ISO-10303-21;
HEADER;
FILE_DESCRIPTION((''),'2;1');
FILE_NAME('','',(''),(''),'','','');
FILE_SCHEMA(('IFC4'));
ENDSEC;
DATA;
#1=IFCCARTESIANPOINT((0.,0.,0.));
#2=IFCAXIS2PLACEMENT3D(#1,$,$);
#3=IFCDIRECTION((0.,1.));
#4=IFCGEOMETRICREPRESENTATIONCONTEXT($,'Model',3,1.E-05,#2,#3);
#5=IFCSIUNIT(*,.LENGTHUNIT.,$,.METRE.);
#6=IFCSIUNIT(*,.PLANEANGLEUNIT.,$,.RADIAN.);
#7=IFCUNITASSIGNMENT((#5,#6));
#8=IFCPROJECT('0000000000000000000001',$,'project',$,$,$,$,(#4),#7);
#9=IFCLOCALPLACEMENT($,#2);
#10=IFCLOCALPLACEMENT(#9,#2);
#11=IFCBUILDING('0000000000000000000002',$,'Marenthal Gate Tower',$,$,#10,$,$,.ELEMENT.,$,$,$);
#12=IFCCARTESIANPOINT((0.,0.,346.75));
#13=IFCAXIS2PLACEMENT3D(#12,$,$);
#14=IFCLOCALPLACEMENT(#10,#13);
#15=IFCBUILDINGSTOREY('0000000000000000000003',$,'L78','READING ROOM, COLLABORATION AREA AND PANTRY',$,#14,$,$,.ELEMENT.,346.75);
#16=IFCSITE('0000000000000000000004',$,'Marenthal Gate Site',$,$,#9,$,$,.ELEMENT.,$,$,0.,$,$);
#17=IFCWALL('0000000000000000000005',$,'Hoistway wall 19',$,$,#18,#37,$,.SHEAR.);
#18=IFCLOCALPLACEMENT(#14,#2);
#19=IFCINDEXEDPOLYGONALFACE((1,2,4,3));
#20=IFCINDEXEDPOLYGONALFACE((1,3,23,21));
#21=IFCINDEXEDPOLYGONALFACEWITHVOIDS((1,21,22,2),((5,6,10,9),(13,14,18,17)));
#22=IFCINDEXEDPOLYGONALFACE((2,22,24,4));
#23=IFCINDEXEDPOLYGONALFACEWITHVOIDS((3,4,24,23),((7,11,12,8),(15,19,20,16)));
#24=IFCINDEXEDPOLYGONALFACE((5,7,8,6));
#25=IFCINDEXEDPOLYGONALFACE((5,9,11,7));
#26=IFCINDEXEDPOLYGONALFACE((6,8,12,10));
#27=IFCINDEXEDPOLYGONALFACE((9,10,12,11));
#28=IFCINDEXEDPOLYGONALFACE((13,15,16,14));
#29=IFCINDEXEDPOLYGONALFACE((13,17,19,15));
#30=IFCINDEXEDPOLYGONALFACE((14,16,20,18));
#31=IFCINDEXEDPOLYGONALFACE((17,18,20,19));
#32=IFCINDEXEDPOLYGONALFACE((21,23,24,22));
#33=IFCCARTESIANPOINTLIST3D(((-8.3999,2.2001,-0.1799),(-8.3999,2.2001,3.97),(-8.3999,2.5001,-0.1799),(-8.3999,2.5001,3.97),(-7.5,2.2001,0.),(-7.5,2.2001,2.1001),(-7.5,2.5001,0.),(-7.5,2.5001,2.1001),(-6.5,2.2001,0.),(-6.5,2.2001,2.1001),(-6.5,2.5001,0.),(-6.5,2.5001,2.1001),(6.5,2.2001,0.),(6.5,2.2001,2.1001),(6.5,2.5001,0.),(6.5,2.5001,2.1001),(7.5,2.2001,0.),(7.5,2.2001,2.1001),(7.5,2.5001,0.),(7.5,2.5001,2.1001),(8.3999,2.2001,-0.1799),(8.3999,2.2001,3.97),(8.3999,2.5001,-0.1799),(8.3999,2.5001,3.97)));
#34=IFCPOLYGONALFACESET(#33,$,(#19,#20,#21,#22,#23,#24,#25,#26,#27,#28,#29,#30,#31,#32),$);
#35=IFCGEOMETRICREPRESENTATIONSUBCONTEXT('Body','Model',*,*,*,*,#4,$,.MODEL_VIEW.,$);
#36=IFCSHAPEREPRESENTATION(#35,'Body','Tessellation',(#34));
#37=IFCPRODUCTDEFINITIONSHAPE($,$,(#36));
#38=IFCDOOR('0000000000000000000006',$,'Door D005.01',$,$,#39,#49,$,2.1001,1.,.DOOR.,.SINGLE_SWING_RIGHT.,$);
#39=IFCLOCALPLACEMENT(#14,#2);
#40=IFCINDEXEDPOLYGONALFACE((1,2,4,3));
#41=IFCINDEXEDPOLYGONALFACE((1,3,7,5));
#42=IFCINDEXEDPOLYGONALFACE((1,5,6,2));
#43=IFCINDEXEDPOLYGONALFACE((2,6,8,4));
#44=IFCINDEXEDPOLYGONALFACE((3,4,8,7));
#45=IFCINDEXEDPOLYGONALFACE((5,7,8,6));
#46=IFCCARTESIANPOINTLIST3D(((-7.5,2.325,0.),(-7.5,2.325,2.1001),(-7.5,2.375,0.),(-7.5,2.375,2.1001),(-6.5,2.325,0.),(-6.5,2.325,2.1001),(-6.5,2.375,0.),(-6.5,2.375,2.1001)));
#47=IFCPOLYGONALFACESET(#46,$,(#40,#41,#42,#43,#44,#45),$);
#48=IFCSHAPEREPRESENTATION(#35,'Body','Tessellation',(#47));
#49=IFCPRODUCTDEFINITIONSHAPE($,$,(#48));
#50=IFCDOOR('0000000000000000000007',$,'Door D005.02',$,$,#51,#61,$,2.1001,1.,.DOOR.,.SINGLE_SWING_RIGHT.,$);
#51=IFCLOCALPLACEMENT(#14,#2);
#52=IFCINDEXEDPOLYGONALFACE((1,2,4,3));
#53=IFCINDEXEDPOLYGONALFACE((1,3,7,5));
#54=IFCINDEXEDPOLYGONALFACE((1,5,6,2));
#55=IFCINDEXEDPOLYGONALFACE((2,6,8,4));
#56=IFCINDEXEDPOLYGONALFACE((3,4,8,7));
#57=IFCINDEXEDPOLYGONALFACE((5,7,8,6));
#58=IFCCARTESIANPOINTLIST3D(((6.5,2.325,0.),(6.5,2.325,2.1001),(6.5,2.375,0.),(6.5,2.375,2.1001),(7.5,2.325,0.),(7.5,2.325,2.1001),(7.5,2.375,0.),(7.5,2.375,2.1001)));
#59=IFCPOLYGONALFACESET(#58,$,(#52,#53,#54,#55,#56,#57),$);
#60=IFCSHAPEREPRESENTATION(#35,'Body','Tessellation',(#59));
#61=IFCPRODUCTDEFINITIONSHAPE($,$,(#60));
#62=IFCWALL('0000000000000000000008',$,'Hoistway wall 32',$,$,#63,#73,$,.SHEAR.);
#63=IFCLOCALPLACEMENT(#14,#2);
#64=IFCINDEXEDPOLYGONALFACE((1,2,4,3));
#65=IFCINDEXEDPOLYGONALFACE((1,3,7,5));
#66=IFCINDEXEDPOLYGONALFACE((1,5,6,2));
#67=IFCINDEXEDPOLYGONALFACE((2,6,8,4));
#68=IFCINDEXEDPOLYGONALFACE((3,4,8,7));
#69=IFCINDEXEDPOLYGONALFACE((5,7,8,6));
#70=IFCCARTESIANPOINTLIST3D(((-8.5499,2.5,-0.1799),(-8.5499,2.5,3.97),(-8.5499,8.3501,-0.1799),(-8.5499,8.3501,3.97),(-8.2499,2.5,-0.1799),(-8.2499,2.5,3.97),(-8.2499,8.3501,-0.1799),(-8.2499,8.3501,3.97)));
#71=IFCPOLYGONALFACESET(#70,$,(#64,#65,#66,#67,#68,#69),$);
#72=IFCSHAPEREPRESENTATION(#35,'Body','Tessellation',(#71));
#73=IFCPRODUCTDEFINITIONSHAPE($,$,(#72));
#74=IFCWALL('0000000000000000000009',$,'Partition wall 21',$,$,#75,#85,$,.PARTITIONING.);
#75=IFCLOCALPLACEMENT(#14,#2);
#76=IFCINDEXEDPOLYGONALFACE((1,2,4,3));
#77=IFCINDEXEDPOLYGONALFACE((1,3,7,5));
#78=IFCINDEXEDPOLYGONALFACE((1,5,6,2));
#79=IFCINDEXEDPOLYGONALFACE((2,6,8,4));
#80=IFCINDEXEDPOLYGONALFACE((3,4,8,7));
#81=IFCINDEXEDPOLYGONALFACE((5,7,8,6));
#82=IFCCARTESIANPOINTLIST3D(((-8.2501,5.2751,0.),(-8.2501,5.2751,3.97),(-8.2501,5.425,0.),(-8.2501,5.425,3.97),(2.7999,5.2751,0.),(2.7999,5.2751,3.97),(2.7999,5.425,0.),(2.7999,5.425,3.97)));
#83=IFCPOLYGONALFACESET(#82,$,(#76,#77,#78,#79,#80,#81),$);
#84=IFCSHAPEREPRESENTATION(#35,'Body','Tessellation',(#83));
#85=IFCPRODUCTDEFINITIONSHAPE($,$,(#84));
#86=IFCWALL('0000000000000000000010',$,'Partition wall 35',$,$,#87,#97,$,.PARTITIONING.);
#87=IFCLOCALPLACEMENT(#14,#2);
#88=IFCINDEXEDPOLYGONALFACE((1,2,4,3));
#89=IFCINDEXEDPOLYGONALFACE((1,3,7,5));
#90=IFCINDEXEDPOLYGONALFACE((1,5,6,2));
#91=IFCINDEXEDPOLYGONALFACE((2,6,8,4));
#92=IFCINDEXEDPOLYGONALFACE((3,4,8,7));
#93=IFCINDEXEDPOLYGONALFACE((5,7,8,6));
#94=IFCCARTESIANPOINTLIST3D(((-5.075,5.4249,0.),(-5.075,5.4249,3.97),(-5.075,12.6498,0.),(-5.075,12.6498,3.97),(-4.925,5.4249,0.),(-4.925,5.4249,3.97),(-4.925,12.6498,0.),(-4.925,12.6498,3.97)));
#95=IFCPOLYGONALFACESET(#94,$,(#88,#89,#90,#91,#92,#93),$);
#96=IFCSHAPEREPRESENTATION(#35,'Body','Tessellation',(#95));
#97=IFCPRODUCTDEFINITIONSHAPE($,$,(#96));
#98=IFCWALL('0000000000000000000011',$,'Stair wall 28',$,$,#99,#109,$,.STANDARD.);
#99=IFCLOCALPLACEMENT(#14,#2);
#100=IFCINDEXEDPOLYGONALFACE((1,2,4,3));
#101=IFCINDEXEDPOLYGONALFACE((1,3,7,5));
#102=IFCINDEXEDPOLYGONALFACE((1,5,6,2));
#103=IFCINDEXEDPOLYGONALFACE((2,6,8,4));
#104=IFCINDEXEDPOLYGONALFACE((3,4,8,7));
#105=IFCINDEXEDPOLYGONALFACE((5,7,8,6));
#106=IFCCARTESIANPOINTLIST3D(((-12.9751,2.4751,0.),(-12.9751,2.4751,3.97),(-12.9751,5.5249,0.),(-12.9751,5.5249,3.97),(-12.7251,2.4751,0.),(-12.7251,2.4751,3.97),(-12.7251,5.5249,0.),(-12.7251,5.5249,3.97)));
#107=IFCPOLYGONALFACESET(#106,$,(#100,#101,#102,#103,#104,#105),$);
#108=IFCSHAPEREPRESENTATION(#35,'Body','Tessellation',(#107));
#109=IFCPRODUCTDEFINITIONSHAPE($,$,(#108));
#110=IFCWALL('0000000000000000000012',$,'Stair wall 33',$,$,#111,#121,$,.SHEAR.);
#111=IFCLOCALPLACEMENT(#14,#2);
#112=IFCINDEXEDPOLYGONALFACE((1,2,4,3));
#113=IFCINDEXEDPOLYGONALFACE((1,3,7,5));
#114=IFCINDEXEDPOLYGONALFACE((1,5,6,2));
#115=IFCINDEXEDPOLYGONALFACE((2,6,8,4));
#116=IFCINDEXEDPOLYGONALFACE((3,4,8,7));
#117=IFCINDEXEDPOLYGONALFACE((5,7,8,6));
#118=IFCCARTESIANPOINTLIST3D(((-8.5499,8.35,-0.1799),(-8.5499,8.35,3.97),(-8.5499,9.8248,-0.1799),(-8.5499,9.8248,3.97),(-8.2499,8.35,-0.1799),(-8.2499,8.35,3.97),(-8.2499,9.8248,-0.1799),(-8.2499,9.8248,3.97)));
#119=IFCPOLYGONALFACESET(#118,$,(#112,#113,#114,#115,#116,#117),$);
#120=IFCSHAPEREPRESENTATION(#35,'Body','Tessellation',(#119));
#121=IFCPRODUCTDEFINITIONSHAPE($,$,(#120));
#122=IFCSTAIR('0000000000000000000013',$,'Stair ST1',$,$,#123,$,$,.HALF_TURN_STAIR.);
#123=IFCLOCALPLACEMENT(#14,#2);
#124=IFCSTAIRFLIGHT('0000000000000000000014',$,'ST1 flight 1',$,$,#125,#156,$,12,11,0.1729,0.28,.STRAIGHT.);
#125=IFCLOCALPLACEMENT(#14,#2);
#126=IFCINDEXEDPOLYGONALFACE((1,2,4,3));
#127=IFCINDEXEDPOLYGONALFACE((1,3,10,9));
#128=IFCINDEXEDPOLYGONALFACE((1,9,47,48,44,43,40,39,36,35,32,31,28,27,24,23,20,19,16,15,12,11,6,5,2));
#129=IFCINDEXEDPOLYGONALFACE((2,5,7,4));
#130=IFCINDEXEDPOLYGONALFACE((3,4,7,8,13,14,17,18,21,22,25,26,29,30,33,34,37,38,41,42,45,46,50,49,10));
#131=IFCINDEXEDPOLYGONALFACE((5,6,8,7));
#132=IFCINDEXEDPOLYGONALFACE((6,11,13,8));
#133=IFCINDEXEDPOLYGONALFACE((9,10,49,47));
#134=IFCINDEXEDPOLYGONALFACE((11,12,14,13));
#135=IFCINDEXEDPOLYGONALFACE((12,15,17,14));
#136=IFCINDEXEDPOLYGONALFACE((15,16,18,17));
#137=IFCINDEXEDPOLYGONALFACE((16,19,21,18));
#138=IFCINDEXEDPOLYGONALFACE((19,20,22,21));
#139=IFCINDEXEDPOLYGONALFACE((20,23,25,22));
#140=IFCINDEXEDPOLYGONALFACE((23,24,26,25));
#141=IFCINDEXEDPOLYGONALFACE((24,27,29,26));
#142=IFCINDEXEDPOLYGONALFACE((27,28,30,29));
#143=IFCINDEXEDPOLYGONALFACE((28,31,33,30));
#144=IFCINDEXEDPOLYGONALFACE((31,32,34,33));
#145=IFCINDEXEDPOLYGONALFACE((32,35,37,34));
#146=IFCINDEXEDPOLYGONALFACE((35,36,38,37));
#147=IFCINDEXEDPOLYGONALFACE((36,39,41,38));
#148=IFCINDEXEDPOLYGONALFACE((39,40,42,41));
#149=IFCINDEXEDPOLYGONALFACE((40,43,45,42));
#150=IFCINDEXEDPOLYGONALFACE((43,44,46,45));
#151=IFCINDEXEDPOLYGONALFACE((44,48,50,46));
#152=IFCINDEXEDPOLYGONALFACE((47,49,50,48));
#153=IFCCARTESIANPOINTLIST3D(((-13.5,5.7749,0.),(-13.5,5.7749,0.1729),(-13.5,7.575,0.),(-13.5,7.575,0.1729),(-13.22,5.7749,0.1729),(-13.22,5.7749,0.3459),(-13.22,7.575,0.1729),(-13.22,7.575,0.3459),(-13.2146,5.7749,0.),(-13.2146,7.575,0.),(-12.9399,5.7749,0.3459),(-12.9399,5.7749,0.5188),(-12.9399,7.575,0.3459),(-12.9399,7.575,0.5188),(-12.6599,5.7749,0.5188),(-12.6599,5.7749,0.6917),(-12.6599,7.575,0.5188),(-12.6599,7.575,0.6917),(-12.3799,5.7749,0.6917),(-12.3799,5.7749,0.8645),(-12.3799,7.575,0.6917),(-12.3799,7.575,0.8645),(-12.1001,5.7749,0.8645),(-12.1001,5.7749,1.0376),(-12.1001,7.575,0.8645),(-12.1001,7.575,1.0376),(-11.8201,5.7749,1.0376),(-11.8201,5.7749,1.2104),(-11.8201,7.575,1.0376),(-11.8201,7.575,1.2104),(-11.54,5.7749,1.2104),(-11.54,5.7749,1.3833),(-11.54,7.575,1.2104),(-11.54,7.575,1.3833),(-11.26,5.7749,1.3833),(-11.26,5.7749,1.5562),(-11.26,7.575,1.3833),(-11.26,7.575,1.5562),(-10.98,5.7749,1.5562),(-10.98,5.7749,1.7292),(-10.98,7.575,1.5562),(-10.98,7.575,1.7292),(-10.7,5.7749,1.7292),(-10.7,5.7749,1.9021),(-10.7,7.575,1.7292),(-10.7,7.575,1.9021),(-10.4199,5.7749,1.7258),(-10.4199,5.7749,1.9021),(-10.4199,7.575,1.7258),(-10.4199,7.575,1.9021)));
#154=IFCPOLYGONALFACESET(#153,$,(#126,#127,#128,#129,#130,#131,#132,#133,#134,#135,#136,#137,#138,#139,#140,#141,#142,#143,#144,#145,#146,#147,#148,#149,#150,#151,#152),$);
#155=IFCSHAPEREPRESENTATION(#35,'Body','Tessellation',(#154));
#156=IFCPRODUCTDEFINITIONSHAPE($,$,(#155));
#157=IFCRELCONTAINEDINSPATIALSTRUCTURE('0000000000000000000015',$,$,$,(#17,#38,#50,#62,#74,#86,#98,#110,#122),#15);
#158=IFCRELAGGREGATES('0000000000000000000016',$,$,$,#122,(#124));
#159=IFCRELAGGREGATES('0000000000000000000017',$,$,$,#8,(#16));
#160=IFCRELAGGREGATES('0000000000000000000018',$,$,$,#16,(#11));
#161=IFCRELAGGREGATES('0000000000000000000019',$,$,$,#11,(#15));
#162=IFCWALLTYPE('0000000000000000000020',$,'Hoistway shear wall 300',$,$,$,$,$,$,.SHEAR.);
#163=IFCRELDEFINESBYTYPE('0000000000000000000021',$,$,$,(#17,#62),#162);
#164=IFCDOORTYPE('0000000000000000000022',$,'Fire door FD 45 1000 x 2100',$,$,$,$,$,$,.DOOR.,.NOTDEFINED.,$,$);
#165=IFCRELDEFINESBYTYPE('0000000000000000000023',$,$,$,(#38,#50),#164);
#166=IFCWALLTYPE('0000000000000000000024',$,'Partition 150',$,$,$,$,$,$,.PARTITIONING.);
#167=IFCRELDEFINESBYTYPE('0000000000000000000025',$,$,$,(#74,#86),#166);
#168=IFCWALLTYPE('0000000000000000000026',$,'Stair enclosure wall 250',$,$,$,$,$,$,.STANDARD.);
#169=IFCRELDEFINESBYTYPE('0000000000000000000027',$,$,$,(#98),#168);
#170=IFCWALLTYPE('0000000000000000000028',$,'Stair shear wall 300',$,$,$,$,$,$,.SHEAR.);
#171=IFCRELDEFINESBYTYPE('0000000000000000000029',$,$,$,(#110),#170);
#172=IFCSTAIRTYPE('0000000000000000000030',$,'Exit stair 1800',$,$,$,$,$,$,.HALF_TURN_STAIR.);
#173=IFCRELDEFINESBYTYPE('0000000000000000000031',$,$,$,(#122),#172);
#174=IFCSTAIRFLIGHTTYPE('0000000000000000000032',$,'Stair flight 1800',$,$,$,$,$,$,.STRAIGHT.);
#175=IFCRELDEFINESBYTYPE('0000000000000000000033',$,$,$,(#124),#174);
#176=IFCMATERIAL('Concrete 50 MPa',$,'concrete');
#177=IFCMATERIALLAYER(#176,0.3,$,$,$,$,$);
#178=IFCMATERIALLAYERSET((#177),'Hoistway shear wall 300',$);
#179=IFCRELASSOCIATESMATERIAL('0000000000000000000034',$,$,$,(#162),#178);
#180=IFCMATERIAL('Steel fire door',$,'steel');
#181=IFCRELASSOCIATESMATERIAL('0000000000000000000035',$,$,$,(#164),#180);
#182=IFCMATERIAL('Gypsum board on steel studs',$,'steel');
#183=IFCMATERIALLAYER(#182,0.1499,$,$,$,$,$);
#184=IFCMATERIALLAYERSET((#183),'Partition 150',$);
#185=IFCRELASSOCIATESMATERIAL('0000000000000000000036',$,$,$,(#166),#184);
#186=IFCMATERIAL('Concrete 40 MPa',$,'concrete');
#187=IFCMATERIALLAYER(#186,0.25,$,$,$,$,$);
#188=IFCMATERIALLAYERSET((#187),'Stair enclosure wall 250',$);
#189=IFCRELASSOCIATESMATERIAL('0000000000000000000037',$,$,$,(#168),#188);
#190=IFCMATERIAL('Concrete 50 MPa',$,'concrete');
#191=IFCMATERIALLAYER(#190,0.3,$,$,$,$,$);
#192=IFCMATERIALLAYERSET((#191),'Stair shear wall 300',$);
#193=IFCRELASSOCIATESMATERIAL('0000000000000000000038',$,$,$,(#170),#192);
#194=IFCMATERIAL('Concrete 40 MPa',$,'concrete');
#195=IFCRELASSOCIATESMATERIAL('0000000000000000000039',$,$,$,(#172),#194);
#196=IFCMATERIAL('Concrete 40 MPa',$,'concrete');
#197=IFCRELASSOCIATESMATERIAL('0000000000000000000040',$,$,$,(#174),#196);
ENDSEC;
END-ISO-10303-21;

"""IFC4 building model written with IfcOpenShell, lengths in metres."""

from ifc_helpers import new_model, si_unit, direction, frame, frame_2d, origin, place, context, subcontext, project, spatial, polyline, rectangle, outline, extrude, material, layer, layer_set, type_object, element, fill, aggregate, save


model = new_model("IFC4")

# Units and contexts
model_context = context("Model", 3, precision=1e-05, world=origin(), true_north=direction((0.0, 1.0)))
body_context = subcontext(model_context, "Body", "Model", "MODEL_VIEW")
ifc_project = project(units=[si_unit("LENGTHUNIT", "METRE"), si_unit("PLANEANGLEUNIT", "RADIAN")], contexts=[model_context])

# Site, building, storey
site_placement = place(None, origin())
site = spatial("IfcSite", under=ifc_project, at=site_placement, Name="Marenthal Gate Site", CompositionType="ELEMENT", RefElevation=0.0)
building_placement = place(site_placement, origin())
building = spatial("IfcBuilding", under=site, at=building_placement, Name="Marenthal Gate Tower", CompositionType="ELEMENT")
storey_placement = place(building_placement, frame((0.0, 0.0, 346.75)))
storey = spatial("IfcBuildingStorey", under=building, at=storey_placement, Name="L78", Description="READING ROOM, COLLABORATION AREA AND PANTRY", CompositionType="ELEMENT", Elevation=346.75)

# Wall, openings, doors
ifc_material_1 = material(Name="Concrete 50 MPa", Category="concrete")
ifc_layer_1 = layer(ifc_material_1, 0.3)
ifc_layer_set_1 = layer_set([ifc_layer_1], Name="Hoistway shear wall 300")
wall_type_1 = type_object("IfcWallType", Name="Hoistway shear wall 300", PredefinedType="SHEAR", material=ifc_layer_set_1)
wall_1_placement = place(storey_placement, frame((-8.3999, 2.3501, -0.1799), z_axis=(0.0, 0.0, 1.0), x_axis=(1.0, 0.0, 0.0)))
wall_1 = element("IfcWall", 1, at=wall_1_placement, inside=storey, type_object=wall_type_1, Name="Hoistway wall 19", PredefinedType="SHEAR", context=body_context, shape_type="SweptSolid", body=[
    extrude(rectangle(XDim=16.7998, YDim=0.3, at=frame_2d((8.3999, 0.0))), origin(), (0.0, 0.0, 1.0), 4.1499),
])
opening_1_placement = place(wall_1_placement, frame((0.8999, 0.0, 0.1799)))
opening_1 = element("IfcOpeningElement", 2, at=opening_1_placement, cuts=wall_1, PredefinedType="OPENING", context=body_context, shape_type="SweptSolid", body=[
    extrude(rectangle(XDim=1.0, YDim=2.1001, at=frame_2d((0.5, 1.05))), frame((0.0, 0.1602, 0.0), z_axis=(0.0, -1.0, 0.0), x_axis=(1.0, 0.0, 0.0)), (0.0, 0.0, 1.0), 0.3201),
])
opening_2_placement = place(wall_1_placement, frame((14.8999, 0.0, 0.1799)))
opening_2 = element("IfcOpeningElement", 3, at=opening_2_placement, cuts=wall_1, PredefinedType="OPENING", context=body_context, shape_type="SweptSolid", body=[
    extrude(rectangle(XDim=1.0, YDim=2.1001, at=frame_2d((0.5, 1.05))), frame((0.0, 0.1602, 0.0), z_axis=(0.0, -1.0, 0.0), x_axis=(1.0, 0.0, 0.0)), (0.0, 0.0, 1.0), 0.3201),
])
ifc_material_2 = material(Name="Steel fire door", Category="steel")
door_type = type_object("IfcDoorType", Name="Fire door FD 45 1000 x 2100", OperationType="NOTDEFINED", PredefinedType="DOOR", material=ifc_material_2)
door_1_placement = place(opening_1_placement, origin())
door_1 = element("IfcDoor", 4, at=door_1_placement, inside=storey, type_object=door_type, Name="Door D005.01", OperationType="SINGLE_SWING_RIGHT", OverallHeight=2.1001, OverallWidth=1.0, PredefinedType="DOOR", context=body_context, shape_type="SweptSolid", body=[
    extrude(rectangle(XDim=1.0, YDim=2.1001, at=frame_2d((0.5, 1.05))), frame((0.0, 0.0249, 0.0), z_axis=(0.0, -1.0, 0.0), x_axis=(1.0, 0.0, 0.0)), (0.0, 0.0, 1.0), 0.05),
])
fill(opening_1, door_1)
door_2_placement = place(opening_2_placement, origin())
door_2 = element("IfcDoor", 5, at=door_2_placement, inside=storey, type_object=door_type, Name="Door D005.02", OperationType="SINGLE_SWING_RIGHT", OverallHeight=2.1001, OverallWidth=1.0, PredefinedType="DOOR", context=body_context, shape_type="SweptSolid", body=[
    extrude(rectangle(XDim=1.0, YDim=2.1001, at=frame_2d((0.5, 1.05))), frame((0.0, 0.0249, 0.0), z_axis=(0.0, -1.0, 0.0), x_axis=(1.0, 0.0, 0.0)), (0.0, 0.0, 1.0), 0.05),
])
fill(opening_2, door_2)

# Walls
wall_2_placement = place(storey_placement, frame((-8.3999, 2.5, -0.1799), z_axis=(0.0, 0.0, 1.0), x_axis=(0.0, 1.0, 0.0)))
element("IfcWall", 6, at=wall_2_placement, inside=storey, type_object=wall_type_1, Name="Hoistway wall 32", PredefinedType="SHEAR", context=body_context, shape_type="SweptSolid", body=[
    extrude(rectangle(XDim=5.8501, YDim=0.3, at=frame_2d((2.925, 0.0))), origin(), (0.0, 0.0, 1.0), 4.1499),
])
ifc_material_3 = material(Name="Gypsum board on steel studs", Category="steel")
ifc_layer_2 = layer(ifc_material_3, 0.1499)
ifc_layer_set_2 = layer_set([ifc_layer_2], Name="Partition 150")
wall_type_2 = type_object("IfcWallType", Name="Partition 150", PredefinedType="PARTITIONING", material=ifc_layer_set_2)
wall_3_placement = place(storey_placement, frame((-8.25, 5.3501, 0.0), z_axis=(0.0, 0.0, 1.0), x_axis=(1.0, 0.0, 0.0)))
element("IfcWall", 7, at=wall_3_placement, inside=storey, type_object=wall_type_2, Name="Partition wall 21", PredefinedType="PARTITIONING", context=body_context, shape_type="SweptSolid", body=[
    extrude(rectangle(XDim=11.05, YDim=0.1499, at=frame_2d((5.5249, 0.0))), origin(), (0.0, 0.0, 1.0), 3.97),
])
wall_4_placement = place(storey_placement, frame((-5.0, 5.425, 0.0), z_axis=(0.0, 0.0, 1.0), x_axis=(0.0, 1.0, 0.0)))
element("IfcWall", 8, at=wall_4_placement, inside=storey, type_object=wall_type_2, Name="Partition wall 35", PredefinedType="PARTITIONING", context=body_context, shape_type="SweptSolid", body=[
    extrude(rectangle(XDim=7.2249, YDim=0.1499, at=frame_2d((3.6123, 0.0))), origin(), (0.0, 0.0, 1.0), 3.97),
])
ifc_material_4 = material(Name="Concrete 40 MPa", Category="concrete")
ifc_layer_3 = layer(ifc_material_4, 0.25)
ifc_layer_set_3 = layer_set([ifc_layer_3], Name="Stair enclosure wall 250")
wall_type_3 = type_object("IfcWallType", Name="Stair enclosure wall 250", PredefinedType="STANDARD", material=ifc_layer_set_3)
wall_5_placement = place(storey_placement, frame((-12.8501, 2.4751, 0.0), z_axis=(0.0, 0.0, 1.0), x_axis=(0.0, 1.0, 0.0)))
element("IfcWall", 9, at=wall_5_placement, inside=storey, type_object=wall_type_3, Name="Stair wall 28", PredefinedType="STANDARD", context=body_context, shape_type="SweptSolid", body=[
    extrude(rectangle(XDim=3.0498, YDim=0.25, at=frame_2d((1.5249, 0.0))), origin(), (0.0, 0.0, 1.0), 3.97),
])
ifc_material_5 = material(Name="Concrete 50 MPa", Category="concrete")
ifc_layer_4 = layer(ifc_material_5, 0.3)
ifc_layer_set_4 = layer_set([ifc_layer_4], Name="Stair shear wall 300")
wall_type_4 = type_object("IfcWallType", Name="Stair shear wall 300", PredefinedType="SHEAR", material=ifc_layer_set_4)
wall_6_placement = place(storey_placement, frame((-8.3999, 8.3501, -0.1799), z_axis=(0.0, 0.0, 1.0), x_axis=(0.0, 1.0, 0.0)))
element("IfcWall", 10, at=wall_6_placement, inside=storey, type_object=wall_type_4, Name="Stair wall 33", PredefinedType="SHEAR", context=body_context, shape_type="SweptSolid", body=[
    extrude(rectangle(XDim=1.4749, YDim=0.3, at=frame_2d((0.7373, 0.0))), origin(), (0.0, 0.0, 1.0), 4.1499),
])

# Stair, stair flight
ifc_material_6 = material(Name="Concrete 40 MPa", Category="concrete")
stair_type = type_object("IfcStairType", Name="Exit stair 1800", PredefinedType="HALF_TURN_STAIR", material=ifc_material_6)
stair_placement = place(storey_placement, origin())
stair = element("IfcStair", 11, at=stair_placement, inside=storey, type_object=stair_type, Name="Stair ST1", PredefinedType="HALF_TURN_STAIR")
ifc_material_7 = material(Name="Concrete 40 MPa", Category="concrete")
stair_flight_type = type_object("IfcStairFlightType", Name="Stair flight 1800", PredefinedType="STRAIGHT", material=ifc_material_7)
stair_flight_1_placement = place(storey_placement, frame((-13.5, 6.675, 0.0), z_axis=(0.0, 0.0, 1.0), x_axis=(1.0, 0.0, 0.0)))
stair_flight_1 = element("IfcStairFlight", 12, at=stair_flight_1_placement, type_object=stair_flight_type, Name="ST1 flight 1", NumberOfRisers=12, NumberOfTreads=11, PredefinedType="STRAIGHT", RiserHeight=0.1729, TreadLength=0.28, context=body_context, shape_type="SweptSolid", body=[
    extrude(outline(polyline([(0.0, 0.0), (0.0, 0.1729), (0.28, 0.1729), (0.28, 0.3459), (0.5601, 0.3459), (0.5601, 0.5188), (0.8401, 0.5188), (0.8401, 0.6917), (1.1201, 0.6917), (1.1201, 0.8645), (1.3999, 0.8645), (1.3999, 1.0376), (1.6799, 1.0376), (1.6799, 1.2104), (1.96, 1.2104), (1.96, 1.3833), (2.24, 1.3833), (2.24, 1.5562), (2.52, 1.5562), (2.52, 1.7292), (2.8, 1.7292), (2.8, 1.9021), (3.0801, 1.9021), (3.0801, 2.075), (3.0801, 1.7258), (0.2854, 0.0), (0.0, 0.0)])), frame((0.0, 0.8999, 0.0), z_axis=(0.0, -1.0, 0.0), x_axis=(1.0, 0.0, 0.0)), (0.0, 0.0, 1.0), 1.8),
])
aggregate(stair, [stair_flight_1])

save(model, "model.ifc")
